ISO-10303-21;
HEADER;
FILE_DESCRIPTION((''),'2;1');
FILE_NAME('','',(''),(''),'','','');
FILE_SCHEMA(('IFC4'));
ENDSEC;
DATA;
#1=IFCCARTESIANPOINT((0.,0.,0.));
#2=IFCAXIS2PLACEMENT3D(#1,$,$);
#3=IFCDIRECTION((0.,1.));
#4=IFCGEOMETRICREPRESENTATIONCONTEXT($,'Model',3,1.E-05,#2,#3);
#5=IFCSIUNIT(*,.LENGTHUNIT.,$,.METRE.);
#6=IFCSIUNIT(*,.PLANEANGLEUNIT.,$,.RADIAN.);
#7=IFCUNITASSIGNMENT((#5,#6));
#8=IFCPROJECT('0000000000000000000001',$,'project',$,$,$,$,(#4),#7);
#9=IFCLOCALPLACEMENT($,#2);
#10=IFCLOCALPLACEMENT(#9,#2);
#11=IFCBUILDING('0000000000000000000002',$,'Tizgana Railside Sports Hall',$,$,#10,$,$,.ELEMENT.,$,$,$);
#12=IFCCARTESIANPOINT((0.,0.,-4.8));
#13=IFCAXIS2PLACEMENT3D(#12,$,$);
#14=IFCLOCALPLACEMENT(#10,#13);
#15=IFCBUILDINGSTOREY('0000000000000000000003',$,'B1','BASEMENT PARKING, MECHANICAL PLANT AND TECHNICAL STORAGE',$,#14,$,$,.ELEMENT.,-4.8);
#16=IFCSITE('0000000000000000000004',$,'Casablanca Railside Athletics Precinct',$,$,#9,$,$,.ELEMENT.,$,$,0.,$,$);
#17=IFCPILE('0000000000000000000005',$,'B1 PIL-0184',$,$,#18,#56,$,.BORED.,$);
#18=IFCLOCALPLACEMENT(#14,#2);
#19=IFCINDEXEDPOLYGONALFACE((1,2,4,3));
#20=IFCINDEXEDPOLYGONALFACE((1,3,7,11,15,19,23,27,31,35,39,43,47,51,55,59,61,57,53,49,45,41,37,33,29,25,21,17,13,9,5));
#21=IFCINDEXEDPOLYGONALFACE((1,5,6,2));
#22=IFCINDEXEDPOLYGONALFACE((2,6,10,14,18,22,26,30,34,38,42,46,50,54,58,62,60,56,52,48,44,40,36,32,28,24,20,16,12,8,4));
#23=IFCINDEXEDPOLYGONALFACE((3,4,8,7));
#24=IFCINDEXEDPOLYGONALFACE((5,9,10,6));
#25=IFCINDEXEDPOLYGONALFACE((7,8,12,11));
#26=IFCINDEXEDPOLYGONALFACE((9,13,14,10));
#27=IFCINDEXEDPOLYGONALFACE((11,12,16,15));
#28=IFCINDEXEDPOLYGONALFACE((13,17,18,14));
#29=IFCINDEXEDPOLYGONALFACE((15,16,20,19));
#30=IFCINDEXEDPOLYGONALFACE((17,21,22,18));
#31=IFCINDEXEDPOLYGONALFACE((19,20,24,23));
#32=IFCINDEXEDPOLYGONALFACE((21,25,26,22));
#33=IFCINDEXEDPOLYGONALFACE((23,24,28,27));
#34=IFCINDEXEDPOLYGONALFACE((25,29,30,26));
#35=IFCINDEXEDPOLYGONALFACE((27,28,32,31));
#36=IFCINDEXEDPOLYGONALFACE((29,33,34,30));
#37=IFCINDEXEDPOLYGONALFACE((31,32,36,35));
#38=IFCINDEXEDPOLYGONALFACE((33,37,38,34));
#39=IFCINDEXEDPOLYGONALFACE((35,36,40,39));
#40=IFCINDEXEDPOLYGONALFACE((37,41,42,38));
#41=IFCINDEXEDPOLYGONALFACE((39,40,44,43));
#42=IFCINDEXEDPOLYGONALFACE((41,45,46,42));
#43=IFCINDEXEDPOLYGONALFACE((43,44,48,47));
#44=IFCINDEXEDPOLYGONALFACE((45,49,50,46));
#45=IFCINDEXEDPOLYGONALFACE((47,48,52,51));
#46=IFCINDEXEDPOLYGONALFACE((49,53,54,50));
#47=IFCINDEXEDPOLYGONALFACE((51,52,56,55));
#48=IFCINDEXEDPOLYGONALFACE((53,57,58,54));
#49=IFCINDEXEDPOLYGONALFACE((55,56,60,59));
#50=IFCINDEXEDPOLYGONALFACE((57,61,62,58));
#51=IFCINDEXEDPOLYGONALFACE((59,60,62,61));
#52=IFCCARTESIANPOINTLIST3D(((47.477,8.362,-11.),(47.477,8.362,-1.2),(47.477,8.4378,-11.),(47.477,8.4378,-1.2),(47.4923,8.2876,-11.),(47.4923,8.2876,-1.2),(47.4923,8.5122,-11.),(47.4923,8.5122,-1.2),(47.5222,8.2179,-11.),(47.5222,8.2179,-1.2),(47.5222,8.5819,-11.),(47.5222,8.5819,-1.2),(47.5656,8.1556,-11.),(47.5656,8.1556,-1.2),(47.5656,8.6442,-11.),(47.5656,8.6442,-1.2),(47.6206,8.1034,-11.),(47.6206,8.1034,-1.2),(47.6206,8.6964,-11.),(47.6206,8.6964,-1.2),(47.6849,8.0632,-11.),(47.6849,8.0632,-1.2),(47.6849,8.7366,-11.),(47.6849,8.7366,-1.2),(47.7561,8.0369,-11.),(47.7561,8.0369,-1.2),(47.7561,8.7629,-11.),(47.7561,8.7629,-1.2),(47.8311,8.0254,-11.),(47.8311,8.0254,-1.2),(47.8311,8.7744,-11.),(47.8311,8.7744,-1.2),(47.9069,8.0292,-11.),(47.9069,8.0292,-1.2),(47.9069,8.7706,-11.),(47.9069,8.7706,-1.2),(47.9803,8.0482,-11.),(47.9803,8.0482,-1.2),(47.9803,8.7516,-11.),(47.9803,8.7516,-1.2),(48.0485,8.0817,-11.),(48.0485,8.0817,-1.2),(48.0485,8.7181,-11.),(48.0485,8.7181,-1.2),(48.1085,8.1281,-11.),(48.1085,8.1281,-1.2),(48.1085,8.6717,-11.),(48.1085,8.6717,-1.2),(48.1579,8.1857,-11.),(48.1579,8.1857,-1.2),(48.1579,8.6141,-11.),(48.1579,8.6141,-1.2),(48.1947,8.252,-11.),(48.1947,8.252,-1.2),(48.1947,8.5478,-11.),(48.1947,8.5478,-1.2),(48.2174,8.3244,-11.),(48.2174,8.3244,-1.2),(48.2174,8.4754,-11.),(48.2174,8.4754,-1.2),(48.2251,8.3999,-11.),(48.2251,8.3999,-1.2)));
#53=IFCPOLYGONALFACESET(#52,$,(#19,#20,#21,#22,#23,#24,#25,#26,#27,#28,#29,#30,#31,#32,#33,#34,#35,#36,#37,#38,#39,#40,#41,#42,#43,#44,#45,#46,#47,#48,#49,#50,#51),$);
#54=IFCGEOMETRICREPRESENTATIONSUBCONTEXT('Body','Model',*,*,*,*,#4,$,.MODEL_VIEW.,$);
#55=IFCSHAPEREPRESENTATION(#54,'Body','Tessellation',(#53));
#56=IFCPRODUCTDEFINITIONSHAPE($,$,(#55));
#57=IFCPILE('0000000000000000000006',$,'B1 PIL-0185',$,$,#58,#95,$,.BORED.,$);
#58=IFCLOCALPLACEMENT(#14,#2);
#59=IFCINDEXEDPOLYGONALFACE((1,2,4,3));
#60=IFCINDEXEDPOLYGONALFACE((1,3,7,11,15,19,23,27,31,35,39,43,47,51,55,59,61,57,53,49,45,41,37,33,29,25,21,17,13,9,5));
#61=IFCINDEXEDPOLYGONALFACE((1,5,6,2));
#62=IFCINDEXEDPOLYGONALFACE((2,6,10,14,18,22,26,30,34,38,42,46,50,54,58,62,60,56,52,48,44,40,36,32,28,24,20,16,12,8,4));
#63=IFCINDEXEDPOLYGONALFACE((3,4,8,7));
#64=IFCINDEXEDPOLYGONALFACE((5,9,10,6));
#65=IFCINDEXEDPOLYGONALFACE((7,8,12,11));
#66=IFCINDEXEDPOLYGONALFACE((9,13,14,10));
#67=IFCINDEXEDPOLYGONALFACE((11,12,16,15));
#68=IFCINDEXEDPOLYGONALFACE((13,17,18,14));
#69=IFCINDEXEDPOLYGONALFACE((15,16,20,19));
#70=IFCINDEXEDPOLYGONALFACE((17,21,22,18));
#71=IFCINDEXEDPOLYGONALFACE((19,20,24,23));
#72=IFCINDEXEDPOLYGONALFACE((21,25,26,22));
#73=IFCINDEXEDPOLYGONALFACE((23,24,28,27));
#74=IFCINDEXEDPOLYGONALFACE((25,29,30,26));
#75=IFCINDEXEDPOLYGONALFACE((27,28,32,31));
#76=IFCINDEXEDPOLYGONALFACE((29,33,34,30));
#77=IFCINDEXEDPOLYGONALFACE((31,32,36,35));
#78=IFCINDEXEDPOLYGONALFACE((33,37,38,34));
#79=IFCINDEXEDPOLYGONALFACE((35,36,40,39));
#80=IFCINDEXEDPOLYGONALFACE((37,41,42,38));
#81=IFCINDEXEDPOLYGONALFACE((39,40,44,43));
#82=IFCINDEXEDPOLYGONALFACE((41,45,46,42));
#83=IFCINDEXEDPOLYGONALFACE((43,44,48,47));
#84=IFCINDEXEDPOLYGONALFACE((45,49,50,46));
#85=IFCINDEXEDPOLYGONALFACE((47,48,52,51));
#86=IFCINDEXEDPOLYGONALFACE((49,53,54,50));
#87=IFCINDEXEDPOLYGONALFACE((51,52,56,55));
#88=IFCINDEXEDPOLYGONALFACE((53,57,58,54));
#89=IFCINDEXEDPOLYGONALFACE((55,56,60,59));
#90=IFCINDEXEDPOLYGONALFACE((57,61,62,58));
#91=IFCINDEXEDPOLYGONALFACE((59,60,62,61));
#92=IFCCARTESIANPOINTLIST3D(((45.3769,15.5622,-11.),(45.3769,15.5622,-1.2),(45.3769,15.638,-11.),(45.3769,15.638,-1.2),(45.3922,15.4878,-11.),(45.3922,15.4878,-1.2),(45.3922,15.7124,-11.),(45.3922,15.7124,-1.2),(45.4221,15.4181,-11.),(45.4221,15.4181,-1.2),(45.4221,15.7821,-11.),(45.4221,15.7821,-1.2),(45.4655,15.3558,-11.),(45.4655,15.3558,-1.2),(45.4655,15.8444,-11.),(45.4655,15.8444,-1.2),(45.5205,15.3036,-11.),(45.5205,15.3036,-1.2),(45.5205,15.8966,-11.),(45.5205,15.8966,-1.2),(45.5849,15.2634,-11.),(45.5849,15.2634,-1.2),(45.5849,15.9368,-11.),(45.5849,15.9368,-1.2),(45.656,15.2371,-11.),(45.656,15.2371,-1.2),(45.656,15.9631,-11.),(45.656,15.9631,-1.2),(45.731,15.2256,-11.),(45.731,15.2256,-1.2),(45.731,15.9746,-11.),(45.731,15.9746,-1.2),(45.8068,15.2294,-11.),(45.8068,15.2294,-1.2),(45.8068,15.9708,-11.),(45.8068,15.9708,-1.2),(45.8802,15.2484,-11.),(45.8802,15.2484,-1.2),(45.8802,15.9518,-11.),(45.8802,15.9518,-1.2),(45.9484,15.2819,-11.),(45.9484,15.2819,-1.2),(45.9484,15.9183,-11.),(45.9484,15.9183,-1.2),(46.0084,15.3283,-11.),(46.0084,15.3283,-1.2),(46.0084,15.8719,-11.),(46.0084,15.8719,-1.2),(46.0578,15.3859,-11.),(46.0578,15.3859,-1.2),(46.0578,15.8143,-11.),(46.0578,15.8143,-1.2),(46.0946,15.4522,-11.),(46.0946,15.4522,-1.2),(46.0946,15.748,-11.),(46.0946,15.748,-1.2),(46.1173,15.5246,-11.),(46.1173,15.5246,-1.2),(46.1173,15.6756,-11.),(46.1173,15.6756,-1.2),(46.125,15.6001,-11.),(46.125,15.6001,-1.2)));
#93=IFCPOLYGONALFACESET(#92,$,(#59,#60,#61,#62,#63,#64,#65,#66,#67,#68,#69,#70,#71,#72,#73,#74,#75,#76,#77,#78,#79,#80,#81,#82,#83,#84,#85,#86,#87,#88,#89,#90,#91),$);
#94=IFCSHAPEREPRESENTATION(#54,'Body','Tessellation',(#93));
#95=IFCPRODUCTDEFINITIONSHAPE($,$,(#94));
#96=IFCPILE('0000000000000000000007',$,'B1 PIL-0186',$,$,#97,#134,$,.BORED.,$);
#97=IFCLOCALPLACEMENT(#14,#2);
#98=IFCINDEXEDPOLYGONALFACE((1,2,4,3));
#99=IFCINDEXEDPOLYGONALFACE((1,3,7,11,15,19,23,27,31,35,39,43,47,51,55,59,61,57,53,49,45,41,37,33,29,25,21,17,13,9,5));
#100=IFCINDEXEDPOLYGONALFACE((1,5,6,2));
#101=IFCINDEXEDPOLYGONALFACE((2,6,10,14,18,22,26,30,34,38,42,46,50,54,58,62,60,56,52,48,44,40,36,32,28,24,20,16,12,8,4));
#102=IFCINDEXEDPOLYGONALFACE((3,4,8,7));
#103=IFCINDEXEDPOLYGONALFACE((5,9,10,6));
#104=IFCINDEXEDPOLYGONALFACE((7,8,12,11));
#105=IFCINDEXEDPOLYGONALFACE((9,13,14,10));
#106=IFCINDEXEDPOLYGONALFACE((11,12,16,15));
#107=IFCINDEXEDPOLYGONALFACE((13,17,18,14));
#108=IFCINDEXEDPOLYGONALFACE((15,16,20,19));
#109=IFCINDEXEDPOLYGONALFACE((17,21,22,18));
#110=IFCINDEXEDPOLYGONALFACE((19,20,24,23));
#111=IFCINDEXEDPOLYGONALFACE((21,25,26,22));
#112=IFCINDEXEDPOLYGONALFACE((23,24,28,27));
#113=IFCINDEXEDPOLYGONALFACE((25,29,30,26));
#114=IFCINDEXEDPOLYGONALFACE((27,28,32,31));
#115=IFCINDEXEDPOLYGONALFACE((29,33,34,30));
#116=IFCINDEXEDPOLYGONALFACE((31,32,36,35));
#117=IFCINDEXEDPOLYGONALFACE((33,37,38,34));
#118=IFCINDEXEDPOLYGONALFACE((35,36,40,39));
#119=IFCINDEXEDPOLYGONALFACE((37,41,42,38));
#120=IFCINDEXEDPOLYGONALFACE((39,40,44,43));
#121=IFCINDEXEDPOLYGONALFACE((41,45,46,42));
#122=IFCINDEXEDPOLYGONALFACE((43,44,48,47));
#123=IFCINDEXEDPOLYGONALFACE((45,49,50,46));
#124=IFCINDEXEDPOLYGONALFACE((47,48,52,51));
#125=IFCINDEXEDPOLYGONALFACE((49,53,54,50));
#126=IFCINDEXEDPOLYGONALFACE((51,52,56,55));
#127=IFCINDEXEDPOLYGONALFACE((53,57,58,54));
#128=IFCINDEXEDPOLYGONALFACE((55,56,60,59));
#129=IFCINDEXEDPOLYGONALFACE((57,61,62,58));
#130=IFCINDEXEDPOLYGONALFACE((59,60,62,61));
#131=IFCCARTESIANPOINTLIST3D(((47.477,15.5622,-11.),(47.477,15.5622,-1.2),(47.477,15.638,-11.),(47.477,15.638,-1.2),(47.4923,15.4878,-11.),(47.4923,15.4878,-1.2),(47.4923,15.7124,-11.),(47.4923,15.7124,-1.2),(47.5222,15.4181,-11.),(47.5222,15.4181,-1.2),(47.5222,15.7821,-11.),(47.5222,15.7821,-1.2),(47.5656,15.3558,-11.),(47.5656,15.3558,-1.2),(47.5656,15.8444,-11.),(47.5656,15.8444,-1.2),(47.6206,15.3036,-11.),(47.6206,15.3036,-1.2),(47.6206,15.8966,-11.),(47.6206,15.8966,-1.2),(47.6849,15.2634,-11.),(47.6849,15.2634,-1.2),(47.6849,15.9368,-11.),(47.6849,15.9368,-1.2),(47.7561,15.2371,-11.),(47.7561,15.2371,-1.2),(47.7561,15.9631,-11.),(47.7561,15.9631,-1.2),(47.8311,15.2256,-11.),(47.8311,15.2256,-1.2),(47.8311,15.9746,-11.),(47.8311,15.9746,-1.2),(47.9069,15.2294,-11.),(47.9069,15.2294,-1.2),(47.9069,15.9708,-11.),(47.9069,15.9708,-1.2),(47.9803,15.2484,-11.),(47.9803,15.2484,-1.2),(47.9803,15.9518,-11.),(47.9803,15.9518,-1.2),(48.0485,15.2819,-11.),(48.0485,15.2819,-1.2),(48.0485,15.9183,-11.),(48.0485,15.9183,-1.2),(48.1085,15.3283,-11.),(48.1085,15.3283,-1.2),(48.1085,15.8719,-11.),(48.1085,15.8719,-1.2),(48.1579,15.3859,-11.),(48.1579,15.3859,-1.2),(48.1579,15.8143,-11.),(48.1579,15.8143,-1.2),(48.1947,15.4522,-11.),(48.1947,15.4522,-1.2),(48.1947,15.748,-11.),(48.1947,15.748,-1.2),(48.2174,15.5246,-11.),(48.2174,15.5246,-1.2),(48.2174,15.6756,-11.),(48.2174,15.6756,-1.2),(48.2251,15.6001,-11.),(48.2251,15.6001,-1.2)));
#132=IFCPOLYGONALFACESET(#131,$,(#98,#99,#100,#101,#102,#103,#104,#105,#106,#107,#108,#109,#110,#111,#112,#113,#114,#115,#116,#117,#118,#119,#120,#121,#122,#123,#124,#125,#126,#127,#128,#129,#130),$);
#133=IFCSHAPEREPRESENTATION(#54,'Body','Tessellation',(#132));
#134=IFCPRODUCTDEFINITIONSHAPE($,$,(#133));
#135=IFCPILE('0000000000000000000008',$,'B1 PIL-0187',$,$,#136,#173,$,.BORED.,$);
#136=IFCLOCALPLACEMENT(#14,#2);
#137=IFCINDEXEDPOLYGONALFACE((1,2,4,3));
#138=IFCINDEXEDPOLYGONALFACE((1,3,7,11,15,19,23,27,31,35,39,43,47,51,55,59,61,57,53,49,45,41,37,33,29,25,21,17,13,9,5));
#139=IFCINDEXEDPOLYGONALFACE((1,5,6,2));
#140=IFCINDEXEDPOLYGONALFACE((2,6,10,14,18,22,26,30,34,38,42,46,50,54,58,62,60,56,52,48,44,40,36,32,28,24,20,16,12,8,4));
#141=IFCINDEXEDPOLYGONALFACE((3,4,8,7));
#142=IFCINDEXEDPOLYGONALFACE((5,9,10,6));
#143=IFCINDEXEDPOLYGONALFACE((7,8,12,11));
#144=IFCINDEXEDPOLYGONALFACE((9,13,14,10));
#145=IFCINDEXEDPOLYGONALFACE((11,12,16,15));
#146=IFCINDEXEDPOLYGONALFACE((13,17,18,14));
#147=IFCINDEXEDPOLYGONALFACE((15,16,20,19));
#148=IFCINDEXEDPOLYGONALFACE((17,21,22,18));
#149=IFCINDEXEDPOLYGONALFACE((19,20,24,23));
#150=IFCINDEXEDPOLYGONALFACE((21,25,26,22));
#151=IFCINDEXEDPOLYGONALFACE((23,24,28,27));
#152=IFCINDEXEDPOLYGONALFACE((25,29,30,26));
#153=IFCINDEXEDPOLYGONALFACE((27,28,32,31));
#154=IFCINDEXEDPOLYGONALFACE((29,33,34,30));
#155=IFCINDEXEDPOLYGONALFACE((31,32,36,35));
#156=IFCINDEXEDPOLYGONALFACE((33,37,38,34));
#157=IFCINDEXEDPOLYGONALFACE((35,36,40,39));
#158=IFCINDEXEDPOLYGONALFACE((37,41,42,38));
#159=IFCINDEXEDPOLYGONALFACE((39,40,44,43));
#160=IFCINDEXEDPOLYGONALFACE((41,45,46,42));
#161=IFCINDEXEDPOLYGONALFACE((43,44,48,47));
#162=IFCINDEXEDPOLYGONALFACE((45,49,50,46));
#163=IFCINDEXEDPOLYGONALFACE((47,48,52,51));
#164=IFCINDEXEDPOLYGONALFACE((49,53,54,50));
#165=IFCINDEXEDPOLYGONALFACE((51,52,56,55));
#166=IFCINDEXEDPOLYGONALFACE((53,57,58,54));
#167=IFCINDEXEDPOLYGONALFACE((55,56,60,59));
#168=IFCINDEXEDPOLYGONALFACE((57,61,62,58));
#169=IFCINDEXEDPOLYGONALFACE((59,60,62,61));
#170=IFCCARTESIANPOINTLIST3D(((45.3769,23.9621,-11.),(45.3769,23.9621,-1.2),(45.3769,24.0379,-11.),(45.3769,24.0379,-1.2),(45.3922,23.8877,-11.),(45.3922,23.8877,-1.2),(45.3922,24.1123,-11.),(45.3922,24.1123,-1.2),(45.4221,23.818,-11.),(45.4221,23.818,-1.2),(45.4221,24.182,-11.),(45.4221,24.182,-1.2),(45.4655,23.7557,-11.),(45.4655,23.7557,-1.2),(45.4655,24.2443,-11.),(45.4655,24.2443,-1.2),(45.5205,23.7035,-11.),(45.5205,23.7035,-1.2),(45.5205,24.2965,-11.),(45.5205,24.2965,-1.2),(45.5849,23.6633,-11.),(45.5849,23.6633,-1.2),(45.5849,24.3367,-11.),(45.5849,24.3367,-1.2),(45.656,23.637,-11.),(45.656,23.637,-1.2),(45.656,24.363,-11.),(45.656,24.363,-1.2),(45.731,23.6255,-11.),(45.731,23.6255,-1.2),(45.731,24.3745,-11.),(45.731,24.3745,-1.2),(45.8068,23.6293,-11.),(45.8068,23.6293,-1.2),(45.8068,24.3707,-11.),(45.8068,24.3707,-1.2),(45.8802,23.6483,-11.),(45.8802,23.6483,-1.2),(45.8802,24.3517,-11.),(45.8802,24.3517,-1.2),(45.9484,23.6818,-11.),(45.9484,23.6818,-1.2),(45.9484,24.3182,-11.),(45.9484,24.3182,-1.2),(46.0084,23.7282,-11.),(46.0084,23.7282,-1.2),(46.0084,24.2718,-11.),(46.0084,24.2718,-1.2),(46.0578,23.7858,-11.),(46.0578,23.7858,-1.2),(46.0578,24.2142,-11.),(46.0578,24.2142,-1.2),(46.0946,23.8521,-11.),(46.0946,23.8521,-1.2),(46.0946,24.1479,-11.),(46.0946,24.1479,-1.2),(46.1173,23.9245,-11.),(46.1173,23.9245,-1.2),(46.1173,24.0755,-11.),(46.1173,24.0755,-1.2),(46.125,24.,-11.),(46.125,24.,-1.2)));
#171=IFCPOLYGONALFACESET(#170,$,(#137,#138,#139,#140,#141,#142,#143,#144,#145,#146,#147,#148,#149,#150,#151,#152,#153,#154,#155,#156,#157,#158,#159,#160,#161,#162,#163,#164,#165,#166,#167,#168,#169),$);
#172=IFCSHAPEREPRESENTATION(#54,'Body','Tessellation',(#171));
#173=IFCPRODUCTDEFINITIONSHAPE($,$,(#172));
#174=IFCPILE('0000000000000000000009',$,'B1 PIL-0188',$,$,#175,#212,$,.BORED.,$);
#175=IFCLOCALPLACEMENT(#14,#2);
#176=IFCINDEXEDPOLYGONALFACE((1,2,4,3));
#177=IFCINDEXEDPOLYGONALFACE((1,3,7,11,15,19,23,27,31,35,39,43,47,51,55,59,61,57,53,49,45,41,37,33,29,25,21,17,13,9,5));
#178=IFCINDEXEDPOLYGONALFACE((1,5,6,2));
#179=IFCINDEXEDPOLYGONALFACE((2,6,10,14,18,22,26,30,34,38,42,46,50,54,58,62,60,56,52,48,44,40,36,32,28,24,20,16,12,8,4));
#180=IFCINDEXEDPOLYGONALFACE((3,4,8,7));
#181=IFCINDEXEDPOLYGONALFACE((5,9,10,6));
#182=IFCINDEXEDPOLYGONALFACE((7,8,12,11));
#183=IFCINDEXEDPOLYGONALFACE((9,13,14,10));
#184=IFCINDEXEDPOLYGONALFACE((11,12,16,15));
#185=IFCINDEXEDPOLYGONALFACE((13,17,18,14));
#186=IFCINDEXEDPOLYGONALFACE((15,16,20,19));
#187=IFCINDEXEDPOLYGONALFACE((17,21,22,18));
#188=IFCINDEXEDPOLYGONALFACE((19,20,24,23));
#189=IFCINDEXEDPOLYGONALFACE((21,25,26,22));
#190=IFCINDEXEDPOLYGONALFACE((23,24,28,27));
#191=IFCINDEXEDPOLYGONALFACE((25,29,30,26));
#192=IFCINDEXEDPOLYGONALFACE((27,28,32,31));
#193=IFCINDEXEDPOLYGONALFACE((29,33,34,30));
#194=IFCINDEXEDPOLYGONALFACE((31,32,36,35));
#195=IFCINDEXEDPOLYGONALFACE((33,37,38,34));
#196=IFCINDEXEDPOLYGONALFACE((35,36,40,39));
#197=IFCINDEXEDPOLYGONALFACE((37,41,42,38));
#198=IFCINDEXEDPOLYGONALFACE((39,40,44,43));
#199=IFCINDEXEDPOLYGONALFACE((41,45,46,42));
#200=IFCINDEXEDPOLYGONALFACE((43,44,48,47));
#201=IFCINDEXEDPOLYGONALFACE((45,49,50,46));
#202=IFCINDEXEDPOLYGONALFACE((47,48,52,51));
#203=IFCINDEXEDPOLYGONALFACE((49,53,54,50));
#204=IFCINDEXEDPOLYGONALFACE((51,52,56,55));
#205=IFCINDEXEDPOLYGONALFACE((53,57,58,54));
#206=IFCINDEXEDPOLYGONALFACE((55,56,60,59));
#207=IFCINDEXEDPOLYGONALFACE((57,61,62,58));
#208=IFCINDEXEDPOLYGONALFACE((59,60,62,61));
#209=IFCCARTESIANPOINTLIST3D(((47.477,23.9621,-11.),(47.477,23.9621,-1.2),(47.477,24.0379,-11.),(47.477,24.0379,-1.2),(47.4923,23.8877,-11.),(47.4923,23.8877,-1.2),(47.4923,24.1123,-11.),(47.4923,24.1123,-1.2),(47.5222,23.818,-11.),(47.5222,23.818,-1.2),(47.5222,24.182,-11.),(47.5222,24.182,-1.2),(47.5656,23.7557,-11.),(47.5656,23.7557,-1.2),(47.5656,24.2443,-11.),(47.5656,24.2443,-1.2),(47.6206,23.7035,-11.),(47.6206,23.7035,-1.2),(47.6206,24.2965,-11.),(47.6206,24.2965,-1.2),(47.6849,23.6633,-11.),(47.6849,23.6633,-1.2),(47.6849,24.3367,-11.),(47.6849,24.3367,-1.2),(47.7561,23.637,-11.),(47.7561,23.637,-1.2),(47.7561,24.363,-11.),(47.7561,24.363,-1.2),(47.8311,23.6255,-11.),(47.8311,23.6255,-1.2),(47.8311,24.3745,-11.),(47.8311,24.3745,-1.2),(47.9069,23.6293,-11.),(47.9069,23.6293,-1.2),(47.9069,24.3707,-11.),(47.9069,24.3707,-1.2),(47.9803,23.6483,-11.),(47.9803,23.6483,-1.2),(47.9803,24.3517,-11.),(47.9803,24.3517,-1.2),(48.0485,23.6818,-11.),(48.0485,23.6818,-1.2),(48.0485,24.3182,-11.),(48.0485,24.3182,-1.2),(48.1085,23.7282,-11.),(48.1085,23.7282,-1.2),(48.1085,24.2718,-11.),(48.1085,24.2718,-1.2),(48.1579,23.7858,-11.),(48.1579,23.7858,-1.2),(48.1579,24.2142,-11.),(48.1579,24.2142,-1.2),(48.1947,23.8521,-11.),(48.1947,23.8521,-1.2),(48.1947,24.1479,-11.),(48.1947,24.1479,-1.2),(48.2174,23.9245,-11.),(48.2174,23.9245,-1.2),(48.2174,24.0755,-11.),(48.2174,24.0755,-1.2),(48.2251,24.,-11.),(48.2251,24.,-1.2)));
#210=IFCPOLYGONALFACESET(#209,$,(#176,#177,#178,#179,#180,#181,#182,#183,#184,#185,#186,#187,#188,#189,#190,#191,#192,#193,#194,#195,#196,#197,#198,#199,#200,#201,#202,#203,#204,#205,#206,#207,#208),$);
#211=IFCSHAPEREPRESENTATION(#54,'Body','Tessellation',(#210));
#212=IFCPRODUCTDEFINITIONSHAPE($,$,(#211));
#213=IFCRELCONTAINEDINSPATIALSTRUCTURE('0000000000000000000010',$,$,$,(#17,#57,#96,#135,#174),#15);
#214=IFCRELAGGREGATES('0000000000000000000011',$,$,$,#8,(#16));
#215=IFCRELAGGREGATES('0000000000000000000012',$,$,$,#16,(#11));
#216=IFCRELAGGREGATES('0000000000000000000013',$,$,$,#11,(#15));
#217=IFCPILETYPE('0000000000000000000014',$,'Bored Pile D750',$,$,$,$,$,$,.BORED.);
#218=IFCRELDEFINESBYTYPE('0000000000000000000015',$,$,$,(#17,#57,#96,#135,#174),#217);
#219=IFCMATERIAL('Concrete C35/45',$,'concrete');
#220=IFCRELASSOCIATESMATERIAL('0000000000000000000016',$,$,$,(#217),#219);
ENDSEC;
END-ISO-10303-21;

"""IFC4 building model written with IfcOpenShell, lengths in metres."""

from ifc_helpers import new_model, si_unit, direction, frame, origin, origin_2d, place, context, subcontext, project, spatial, circle, extrude, material, material_profile, profile_set, type_object, element, save


model = new_model("IFC4")

# Units and contexts
model_context = context("Model", 3, precision=1e-05, world=origin(), true_north=direction((0.0, 1.0)))
body_context = subcontext(model_context, "Body", "Model", "MODEL_VIEW")
ifc_project = project(units=[si_unit("LENGTHUNIT", "METRE"), si_unit("PLANEANGLEUNIT", "RADIAN")], contexts=[model_context])

# Site, building, storey
site_placement = place(None, origin())
site = spatial("IfcSite", under=ifc_project, at=site_placement, Name="Casablanca Railside Athletics Precinct", CompositionType="ELEMENT", RefElevation=0.0)
building_placement = place(site_placement, origin())
building = spatial("IfcBuilding", under=site, at=building_placement, Name="Tizgana Railside Sports Hall", CompositionType="ELEMENT")
storey_placement = place(building_placement, frame((0.0, 0.0, -4.8)))
storey = spatial("IfcBuildingStorey", under=building, at=storey_placement, Name="B1", Description="BASEMENT PARKING, MECHANICAL PLANT AND TECHNICAL STORAGE", CompositionType="ELEMENT", Elevation=-4.8)

# Piles
ifc_material_1 = material(Name="Concrete C35/45", Category="concrete")
ifc_material_profile_1 = material_profile(ifc_material_1, circle(Radius=0.375, at=origin_2d()), Name="PILE D750")
ifc_profile_set_1 = profile_set([ifc_material_profile_1], Name="Concrete C35/45")
pile_type = type_object("IfcPileType", Name="Bored Pile D750", PredefinedType="BORED", material=ifc_profile_set_1)
for number, where, z_axis, x_axis, name in (
    (1, (47.8501, 8.3999, -1.2), (0.0, 0.0, -1.0), (1.0, 0.0, 0.0), "B1 PIL-0184"),
    (2, (45.75, 15.6001, -1.2), (0.0, 0.0, -1.0), (1.0, 0.0, 0.0), "B1 PIL-0185"),
    (3, (47.8501, 15.6001, -1.2), (0.0, 0.0, -1.0), (1.0, 0.0, 0.0), "B1 PIL-0186"),
    (4, (45.75, 24.0, -1.2), (0.0, 0.0, -1.0), (1.0, 0.0, 0.0), "B1 PIL-0187"),
    (5, (47.8501, 24.0, -1.2), (0.0, 0.0, -1.0), (1.0, 0.0, 0.0), "B1 PIL-0188"),
):
    element("IfcPile", number, at=place(storey_placement, frame(where, z_axis=z_axis, x_axis=x_axis)), inside=storey, type_object=pile_type, Name=name, PredefinedType="BORED", context=body_context, shape_type="SweptSolid", body=[
        extrude(circle(Radius=0.375, at=origin_2d()), origin(), (0.0, 0.0, 1.0), 9.8),
    ])

save(model, "model.ifc")
